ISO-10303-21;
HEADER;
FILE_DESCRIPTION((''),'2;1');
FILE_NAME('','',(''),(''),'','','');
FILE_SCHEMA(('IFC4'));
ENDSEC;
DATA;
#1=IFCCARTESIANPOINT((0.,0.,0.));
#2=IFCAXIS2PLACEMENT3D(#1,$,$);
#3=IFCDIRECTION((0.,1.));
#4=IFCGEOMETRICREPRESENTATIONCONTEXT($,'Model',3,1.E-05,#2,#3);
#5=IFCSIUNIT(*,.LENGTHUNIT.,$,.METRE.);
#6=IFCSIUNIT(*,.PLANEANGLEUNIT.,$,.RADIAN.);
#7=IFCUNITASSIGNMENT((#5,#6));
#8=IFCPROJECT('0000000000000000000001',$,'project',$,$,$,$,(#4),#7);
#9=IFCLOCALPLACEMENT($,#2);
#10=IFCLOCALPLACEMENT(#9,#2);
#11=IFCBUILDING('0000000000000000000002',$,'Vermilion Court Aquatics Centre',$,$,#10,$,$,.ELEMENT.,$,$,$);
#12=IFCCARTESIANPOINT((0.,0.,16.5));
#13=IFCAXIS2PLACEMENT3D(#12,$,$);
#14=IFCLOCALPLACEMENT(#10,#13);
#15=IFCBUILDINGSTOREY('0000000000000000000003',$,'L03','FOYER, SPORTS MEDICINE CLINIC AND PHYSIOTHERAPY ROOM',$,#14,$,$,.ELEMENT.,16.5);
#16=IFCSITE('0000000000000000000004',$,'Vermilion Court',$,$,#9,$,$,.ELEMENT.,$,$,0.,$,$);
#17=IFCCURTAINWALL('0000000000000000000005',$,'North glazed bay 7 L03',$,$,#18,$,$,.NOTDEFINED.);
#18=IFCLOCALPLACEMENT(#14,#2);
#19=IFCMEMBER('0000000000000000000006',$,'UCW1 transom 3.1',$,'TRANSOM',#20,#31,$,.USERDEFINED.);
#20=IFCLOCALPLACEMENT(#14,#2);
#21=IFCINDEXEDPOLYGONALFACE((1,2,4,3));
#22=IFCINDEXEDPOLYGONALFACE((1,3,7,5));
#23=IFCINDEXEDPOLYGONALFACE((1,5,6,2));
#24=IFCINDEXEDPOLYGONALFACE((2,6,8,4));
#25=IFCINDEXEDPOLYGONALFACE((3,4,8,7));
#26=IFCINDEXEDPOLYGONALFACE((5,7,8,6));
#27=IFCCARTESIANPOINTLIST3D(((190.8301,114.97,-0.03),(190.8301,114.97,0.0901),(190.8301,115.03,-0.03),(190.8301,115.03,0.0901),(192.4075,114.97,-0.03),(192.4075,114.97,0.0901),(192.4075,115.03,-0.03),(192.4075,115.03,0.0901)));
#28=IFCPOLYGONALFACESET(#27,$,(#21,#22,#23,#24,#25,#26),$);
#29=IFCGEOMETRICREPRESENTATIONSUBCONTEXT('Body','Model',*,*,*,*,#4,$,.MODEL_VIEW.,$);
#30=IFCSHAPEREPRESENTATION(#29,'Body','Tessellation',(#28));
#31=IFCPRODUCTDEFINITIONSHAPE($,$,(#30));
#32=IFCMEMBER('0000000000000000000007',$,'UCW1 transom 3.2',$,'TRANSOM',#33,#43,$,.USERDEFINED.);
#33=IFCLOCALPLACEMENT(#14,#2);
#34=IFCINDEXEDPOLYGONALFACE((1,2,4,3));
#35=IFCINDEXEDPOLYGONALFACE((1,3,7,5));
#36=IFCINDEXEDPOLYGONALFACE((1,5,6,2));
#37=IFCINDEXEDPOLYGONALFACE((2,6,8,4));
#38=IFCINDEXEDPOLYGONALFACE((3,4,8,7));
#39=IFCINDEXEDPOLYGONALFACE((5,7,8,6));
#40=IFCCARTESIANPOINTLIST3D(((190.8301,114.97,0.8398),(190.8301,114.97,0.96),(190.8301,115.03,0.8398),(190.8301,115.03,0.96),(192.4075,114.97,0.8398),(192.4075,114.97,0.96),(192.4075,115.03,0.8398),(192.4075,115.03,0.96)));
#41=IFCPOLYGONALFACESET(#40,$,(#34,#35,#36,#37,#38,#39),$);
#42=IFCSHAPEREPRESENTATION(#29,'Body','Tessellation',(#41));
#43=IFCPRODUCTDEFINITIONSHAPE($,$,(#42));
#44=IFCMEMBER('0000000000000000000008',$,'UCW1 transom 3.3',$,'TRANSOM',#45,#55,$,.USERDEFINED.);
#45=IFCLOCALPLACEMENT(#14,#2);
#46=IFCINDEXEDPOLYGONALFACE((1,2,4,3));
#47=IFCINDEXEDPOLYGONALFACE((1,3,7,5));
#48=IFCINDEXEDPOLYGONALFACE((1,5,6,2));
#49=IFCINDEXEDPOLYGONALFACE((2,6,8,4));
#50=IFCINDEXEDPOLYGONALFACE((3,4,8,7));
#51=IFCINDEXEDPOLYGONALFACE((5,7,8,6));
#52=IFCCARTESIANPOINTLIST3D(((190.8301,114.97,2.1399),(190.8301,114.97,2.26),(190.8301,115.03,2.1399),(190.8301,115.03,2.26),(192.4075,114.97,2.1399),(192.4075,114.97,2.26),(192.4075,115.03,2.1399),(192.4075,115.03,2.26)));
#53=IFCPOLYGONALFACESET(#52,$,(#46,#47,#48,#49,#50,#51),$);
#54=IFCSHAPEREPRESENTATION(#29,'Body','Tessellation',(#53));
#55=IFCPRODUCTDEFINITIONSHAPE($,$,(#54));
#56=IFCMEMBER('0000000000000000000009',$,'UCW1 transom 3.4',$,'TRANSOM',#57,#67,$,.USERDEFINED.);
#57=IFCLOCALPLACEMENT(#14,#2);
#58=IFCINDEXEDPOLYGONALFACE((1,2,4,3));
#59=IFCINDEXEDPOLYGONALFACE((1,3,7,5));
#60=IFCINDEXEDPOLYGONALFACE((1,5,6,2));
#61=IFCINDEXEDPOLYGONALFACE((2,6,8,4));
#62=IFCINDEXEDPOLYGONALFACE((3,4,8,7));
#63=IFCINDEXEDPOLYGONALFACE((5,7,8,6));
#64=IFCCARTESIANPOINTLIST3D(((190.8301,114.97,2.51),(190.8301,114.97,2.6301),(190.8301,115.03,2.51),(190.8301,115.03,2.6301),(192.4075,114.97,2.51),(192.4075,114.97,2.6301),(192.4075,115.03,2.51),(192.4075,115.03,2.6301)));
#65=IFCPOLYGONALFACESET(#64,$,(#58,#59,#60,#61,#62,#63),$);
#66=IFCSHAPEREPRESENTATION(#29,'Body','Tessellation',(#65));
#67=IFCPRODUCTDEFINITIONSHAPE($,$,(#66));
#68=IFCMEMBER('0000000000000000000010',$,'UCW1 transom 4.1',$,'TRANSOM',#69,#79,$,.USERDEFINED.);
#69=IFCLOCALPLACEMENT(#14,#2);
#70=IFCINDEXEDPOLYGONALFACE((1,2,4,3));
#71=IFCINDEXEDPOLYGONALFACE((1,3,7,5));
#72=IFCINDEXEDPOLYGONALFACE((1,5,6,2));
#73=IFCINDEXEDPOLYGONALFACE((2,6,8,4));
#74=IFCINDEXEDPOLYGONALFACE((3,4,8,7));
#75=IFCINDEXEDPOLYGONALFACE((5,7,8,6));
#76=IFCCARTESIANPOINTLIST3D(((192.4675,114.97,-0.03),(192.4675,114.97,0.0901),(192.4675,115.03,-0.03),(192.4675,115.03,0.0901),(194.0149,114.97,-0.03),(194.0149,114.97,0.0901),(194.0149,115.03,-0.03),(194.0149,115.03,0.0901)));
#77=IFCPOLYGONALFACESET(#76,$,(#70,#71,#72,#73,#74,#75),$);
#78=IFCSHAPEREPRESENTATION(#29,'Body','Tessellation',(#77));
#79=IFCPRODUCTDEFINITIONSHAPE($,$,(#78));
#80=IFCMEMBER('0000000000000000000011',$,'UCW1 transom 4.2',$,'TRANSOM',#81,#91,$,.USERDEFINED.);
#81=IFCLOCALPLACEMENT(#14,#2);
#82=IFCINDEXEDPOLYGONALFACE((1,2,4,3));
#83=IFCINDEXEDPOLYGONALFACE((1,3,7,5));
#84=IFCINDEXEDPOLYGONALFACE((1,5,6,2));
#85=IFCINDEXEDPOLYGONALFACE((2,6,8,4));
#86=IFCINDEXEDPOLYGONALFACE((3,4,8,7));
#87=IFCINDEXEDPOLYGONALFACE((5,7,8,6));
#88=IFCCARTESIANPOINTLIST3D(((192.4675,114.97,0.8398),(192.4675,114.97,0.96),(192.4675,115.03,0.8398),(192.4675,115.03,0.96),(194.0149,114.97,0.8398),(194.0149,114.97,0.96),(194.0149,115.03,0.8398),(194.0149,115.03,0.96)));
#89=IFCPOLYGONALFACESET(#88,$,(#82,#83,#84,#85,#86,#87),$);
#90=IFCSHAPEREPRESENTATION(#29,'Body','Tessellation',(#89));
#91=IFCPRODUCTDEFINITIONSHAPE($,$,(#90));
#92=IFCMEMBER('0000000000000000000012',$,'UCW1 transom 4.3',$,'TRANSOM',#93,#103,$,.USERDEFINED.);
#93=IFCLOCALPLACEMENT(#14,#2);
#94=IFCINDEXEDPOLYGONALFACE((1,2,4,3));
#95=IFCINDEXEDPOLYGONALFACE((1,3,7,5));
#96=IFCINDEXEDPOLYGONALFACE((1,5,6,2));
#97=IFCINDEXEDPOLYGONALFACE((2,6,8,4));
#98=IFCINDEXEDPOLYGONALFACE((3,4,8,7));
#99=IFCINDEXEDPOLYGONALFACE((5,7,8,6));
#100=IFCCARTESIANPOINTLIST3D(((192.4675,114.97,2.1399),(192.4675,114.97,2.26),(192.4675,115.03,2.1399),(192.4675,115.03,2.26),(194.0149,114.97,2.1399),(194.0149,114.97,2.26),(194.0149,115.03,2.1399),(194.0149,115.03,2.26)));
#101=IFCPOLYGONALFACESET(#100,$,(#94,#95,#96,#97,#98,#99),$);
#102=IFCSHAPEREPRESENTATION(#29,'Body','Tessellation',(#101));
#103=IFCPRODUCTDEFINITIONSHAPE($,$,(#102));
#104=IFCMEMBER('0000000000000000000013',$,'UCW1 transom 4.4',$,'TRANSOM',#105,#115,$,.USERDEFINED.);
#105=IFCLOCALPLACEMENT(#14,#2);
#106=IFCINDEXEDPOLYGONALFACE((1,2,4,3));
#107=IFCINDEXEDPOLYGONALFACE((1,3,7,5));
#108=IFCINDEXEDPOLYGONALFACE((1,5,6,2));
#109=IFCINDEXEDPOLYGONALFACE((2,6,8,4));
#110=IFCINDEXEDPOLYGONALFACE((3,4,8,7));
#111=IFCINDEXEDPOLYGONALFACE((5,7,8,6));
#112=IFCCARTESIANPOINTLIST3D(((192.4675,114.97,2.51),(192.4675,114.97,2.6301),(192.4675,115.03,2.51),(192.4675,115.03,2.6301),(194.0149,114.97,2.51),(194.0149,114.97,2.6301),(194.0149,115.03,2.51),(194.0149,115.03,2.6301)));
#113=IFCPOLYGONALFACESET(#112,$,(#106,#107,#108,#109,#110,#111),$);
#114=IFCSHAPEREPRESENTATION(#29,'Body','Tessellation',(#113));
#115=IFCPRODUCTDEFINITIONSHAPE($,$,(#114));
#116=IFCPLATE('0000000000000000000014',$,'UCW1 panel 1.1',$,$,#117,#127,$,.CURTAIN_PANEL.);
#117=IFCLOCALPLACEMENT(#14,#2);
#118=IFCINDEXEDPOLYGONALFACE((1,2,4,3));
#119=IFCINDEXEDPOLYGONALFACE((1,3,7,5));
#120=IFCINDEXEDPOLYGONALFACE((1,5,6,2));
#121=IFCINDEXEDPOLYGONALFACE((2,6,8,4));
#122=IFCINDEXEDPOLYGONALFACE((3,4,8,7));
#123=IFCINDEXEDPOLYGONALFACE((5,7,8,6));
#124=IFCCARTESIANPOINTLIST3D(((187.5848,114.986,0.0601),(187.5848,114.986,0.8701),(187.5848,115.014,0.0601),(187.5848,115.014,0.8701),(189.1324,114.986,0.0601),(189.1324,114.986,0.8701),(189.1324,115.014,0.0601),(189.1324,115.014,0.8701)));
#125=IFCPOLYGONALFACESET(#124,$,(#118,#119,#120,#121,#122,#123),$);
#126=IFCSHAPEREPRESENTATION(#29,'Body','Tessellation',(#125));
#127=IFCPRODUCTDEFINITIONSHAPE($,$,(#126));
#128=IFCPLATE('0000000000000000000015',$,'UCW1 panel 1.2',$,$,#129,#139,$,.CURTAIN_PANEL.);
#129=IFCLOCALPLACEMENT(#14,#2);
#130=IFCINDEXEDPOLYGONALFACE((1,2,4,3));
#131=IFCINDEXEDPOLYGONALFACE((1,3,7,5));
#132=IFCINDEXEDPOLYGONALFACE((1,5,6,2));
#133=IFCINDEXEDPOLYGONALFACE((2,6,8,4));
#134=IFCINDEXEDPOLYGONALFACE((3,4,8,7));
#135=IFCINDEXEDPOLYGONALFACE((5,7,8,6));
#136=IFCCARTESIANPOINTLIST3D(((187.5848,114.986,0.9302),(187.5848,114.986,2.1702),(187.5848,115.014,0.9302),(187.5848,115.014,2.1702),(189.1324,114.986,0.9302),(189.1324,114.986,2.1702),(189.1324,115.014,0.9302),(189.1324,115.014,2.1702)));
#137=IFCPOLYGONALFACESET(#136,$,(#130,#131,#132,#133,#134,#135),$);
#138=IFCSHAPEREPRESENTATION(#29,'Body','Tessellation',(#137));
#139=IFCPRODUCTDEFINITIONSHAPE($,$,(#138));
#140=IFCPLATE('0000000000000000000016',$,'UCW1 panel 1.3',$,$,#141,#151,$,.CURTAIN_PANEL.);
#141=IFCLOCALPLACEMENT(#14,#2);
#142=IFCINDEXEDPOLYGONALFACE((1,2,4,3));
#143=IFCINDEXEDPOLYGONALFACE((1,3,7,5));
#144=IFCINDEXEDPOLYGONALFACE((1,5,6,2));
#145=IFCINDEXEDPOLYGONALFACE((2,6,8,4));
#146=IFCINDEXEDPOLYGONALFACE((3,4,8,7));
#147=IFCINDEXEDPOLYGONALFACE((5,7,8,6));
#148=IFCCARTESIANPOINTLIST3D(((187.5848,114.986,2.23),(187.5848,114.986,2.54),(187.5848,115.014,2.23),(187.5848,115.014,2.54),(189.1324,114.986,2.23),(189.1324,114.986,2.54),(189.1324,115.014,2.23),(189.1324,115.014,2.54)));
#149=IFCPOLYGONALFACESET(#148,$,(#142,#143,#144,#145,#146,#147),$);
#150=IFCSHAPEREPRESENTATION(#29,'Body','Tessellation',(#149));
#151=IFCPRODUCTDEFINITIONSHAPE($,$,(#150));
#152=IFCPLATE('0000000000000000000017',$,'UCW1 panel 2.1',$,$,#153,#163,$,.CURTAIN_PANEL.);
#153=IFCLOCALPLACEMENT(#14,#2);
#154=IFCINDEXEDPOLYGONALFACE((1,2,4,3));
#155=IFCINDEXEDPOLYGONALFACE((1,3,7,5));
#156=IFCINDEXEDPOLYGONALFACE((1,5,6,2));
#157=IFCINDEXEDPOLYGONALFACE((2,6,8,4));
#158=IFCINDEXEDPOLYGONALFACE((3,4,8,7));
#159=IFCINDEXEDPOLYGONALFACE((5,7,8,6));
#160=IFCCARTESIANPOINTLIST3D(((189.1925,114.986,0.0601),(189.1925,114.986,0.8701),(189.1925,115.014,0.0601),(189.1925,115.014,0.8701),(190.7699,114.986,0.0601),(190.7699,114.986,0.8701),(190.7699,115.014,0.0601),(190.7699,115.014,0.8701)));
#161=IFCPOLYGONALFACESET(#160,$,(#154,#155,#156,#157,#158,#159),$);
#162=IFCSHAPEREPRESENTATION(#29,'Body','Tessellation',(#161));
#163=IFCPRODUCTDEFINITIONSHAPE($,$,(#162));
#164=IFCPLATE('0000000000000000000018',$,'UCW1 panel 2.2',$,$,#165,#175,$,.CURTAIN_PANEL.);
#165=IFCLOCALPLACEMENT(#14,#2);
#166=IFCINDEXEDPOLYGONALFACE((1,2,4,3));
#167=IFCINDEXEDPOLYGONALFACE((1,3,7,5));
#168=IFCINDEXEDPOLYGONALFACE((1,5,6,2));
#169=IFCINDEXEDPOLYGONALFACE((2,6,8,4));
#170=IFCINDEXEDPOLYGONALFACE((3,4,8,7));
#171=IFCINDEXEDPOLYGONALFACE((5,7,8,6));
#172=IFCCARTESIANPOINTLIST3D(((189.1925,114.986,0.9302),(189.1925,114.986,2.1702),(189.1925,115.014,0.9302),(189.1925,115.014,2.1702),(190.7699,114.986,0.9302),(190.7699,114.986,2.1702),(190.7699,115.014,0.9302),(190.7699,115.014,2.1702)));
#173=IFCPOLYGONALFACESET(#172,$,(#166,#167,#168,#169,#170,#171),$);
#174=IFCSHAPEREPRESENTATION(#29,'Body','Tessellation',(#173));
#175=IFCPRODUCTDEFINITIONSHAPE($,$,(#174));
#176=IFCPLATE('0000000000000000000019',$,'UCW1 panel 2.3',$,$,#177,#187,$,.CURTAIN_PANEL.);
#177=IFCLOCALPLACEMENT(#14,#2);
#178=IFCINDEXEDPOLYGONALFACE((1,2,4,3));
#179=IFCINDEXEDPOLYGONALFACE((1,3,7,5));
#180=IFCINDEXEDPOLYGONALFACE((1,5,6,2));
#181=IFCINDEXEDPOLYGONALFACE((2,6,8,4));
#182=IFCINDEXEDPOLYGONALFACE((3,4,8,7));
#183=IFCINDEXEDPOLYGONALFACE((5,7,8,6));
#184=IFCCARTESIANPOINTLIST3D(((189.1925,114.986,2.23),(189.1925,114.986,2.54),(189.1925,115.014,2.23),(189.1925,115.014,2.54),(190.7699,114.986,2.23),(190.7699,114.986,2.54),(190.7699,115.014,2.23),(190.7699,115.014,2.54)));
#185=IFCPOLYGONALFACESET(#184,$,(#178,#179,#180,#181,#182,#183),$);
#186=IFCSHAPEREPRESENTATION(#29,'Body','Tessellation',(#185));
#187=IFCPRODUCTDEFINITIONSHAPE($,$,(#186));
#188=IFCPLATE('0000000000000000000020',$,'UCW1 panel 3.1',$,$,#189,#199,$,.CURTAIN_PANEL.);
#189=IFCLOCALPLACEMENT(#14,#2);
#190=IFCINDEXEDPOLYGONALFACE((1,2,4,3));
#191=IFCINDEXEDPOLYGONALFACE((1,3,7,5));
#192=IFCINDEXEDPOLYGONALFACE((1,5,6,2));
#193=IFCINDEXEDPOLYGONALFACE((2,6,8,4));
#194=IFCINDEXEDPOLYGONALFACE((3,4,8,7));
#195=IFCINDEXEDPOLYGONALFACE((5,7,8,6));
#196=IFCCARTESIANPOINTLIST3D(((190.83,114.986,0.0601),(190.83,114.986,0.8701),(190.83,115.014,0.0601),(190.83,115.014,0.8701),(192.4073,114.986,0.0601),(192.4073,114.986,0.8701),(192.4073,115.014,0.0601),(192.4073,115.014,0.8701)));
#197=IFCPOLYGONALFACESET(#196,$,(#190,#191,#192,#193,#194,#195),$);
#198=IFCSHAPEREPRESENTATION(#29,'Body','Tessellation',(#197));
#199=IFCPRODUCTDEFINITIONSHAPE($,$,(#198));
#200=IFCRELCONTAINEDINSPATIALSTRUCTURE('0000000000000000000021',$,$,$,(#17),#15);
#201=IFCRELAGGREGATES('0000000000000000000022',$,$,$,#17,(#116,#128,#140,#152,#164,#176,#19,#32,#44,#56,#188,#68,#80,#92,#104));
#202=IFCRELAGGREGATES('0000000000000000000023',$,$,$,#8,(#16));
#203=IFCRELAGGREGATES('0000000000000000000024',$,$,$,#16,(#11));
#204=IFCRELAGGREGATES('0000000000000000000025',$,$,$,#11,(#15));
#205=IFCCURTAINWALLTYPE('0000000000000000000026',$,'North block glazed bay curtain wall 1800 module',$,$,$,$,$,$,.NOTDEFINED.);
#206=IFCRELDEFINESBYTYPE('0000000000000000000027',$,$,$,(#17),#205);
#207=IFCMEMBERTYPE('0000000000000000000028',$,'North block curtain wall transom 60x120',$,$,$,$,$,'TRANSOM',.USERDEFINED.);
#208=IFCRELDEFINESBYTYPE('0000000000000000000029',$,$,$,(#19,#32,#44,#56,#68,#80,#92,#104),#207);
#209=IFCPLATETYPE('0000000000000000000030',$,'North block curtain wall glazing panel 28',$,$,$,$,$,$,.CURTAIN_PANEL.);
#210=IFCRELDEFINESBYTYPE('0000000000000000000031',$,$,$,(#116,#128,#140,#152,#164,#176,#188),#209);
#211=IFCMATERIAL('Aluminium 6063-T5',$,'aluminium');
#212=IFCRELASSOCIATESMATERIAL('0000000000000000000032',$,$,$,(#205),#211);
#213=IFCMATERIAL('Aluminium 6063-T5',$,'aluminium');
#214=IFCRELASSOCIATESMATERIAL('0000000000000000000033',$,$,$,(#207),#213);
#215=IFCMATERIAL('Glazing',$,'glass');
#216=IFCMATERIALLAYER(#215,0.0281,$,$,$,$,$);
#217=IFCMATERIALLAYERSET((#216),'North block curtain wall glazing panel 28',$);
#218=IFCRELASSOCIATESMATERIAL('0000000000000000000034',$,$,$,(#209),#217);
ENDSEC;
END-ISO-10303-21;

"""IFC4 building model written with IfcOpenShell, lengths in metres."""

from ifc_helpers import new_model, si_unit, direction, frame, origin, origin_2d, place, context, subcontext, project, spatial, rectangle, extrude, material, layer, layer_set, material_profile, profile_set, type_object, element, aggregate, save


model = new_model("IFC4")

# Units and contexts
model_context = context("Model", 3, precision=1e-05, world=origin(), true_north=direction((0.0, 1.0)))
body_context = subcontext(model_context, "Body", "Model", "MODEL_VIEW")
ifc_project = project(units=[si_unit("LENGTHUNIT", "METRE"), si_unit("PLANEANGLEUNIT", "RADIAN")], contexts=[model_context])

# Site, building, storey
site_placement = place(None, origin())
site = spatial("IfcSite", under=ifc_project, at=site_placement, Name="Vermilion Court", CompositionType="ELEMENT", RefElevation=0.0)
building_placement = place(site_placement, origin())
building = spatial("IfcBuilding", under=site, at=building_placement, Name="Vermilion Court Aquatics Centre", CompositionType="ELEMENT")
storey_placement = place(building_placement, frame((0.0, 0.0, 16.5)))
storey = spatial("IfcBuildingStorey", under=building, at=storey_placement, Name="L03", Description="FOYER, SPORTS MEDICINE CLINIC AND PHYSIOTHERAPY ROOM", CompositionType="ELEMENT", Elevation=16.5)

# Curtain wall, members, plates
ifc_material_1 = material(Name="Aluminium 6063-T5", Category="aluminium")
curtain_wall_type = type_object("IfcCurtainWallType", Name="North block glazed bay curtain wall 1800 module", PredefinedType="NOTDEFINED", material=ifc_material_1)
curtain_wall_placement = place(storey_placement, origin())
curtain_wall = element("IfcCurtainWall", 1, at=curtain_wall_placement, inside=storey, type_object=curtain_wall_type, Name="North glazed bay 7 L03", PredefinedType="NOTDEFINED")
ifc_material_2 = material(Name="Aluminium 6063-T5", Category="aluminium")
ifc_material_profile_1 = material_profile(ifc_material_2, rectangle(XDim=0.0601, YDim=0.1201, at=origin_2d()), Name="AL 60x120")
ifc_profile_set_1 = profile_set([ifc_material_profile_1], Name="Aluminium 6063-T5")
member_type_1 = type_object("IfcMemberType", Name="North block curtain wall transom 60x120", ElementType="TRANSOM", PredefinedType="USERDEFINED", material=ifc_profile_set_1)
member_1_placement = place(storey_placement, frame((190.8301, 115.0, 0.03), z_axis=(1.0, 0.0, 0.0), x_axis=(0.0, 1.0, 0.0)))
member_1 = element("IfcMember", 2, at=member_1_placement, type_object=member_type_1, Name="UCW1 transom 3.1", ObjectType="TRANSOM", PredefinedType="USERDEFINED", context=body_context, shape_type="SweptSolid", body=[
    extrude(rectangle(XDim=0.0601, YDim=0.1201, at=origin_2d()), origin(), (0.0, 0.0, 1.0), 1.5774),
])
member_2_placement = place(storey_placement, frame((190.8301, 115.0, 0.8999), z_axis=(1.0, 0.0, 0.0), x_axis=(0.0, 1.0, 0.0)))
member_2 = element("IfcMember", 3, at=member_2_placement, type_object=member_type_1, Name="UCW1 transom 3.2", ObjectType="TRANSOM", PredefinedType="USERDEFINED", context=body_context, shape_type="SweptSolid", body=[
    extrude(rectangle(XDim=0.0601, YDim=0.1201, at=origin_2d()), origin(), (0.0, 0.0, 1.0), 1.5774),
])
member_3_placement = place(storey_placement, frame((190.8301, 115.0, 2.2), z_axis=(1.0, 0.0, 0.0), x_axis=(0.0, 1.0, 0.0)))
member_3 = element("IfcMember", 4, at=member_3_placement, type_object=member_type_1, Name="UCW1 transom 3.3", ObjectType="TRANSOM", PredefinedType="USERDEFINED", context=body_context, shape_type="SweptSolid", body=[
    extrude(rectangle(XDim=0.0601, YDim=0.1201, at=origin_2d()), origin(), (0.0, 0.0, 1.0), 1.5774),
])
member_4_placement = place(storey_placement, frame((190.8301, 115.0, 2.5701), z_axis=(1.0, 0.0, 0.0), x_axis=(0.0, 1.0, 0.0)))
member_4 = element("IfcMember", 5, at=member_4_placement, type_object=member_type_1, Name="UCW1 transom 3.4", ObjectType="TRANSOM", PredefinedType="USERDEFINED", context=body_context, shape_type="SweptSolid", body=[
    extrude(rectangle(XDim=0.0601, YDim=0.1201, at=origin_2d()), origin(), (0.0, 0.0, 1.0), 1.5774),
])
member_5_placement = place(storey_placement, frame((192.4675, 115.0, 0.03), z_axis=(1.0, 0.0, 0.0), x_axis=(0.0, 1.0, 0.0)))
member_5 = element("IfcMember", 6, at=member_5_placement, type_object=member_type_1, Name="UCW1 transom 4.1", ObjectType="TRANSOM", PredefinedType="USERDEFINED", context=body_context, shape_type="SweptSolid", body=[
    extrude(rectangle(XDim=0.0601, YDim=0.1201, at=origin_2d()), origin(), (0.0, 0.0, 1.0), 1.5474),
])
member_6_placement = place(storey_placement, frame((192.4675, 115.0, 0.8999), z_axis=(1.0, 0.0, 0.0), x_axis=(0.0, 1.0, 0.0)))
member_6 = element("IfcMember", 7, at=member_6_placement, type_object=member_type_1, Name="UCW1 transom 4.2", ObjectType="TRANSOM", PredefinedType="USERDEFINED", context=body_context, shape_type="SweptSolid", body=[
    extrude(rectangle(XDim=0.0601, YDim=0.1201, at=origin_2d()), origin(), (0.0, 0.0, 1.0), 1.5474),
])
member_7_placement = place(storey_placement, frame((192.4675, 115.0, 2.2), z_axis=(1.0, 0.0, 0.0), x_axis=(0.0, 1.0, 0.0)))
member_7 = element("IfcMember", 8, at=member_7_placement, type_object=member_type_1, Name="UCW1 transom 4.3", ObjectType="TRANSOM", PredefinedType="USERDEFINED", context=body_context, shape_type="SweptSolid", body=[
    extrude(rectangle(XDim=0.0601, YDim=0.1201, at=origin_2d()), origin(), (0.0, 0.0, 1.0), 1.5474),
])
member_8_placement = place(storey_placement, frame((192.4675, 115.0, 2.5701), z_axis=(1.0, 0.0, 0.0), x_axis=(0.0, 1.0, 0.0)))
member_8 = element("IfcMember", 9, at=member_8_placement, type_object=member_type_1, Name="UCW1 transom 4.4", ObjectType="TRANSOM", PredefinedType="USERDEFINED", context=body_context, shape_type="SweptSolid", body=[
    extrude(rectangle(XDim=0.0601, YDim=0.1201, at=origin_2d()), origin(), (0.0, 0.0, 1.0), 1.5474),
])
ifc_material_3 = material(Name="Glazing", Category="glass")
ifc_layer = layer(ifc_material_3, 0.0281)
ifc_layer_set = layer_set([ifc_layer], Name="North block curtain wall glazing panel 28")
plate_type = type_object("IfcPlateType", Name="North block curtain wall glazing panel 28", PredefinedType="CURTAIN_PANEL", material=ifc_layer_set)
plate_1_placement = place(storey_placement, frame((188.3586, 115.0, 0.0601), z_axis=(0.0, 0.0, 1.0), x_axis=(1.0, 0.0, 0.0)))
plate_1 = element("IfcPlate", 10, at=plate_1_placement, type_object=plate_type, Name="UCW1 panel 1.1", PredefinedType="CURTAIN_PANEL", context=body_context, shape_type="SweptSolid", body=[
    extrude(rectangle(XDim=1.5476, YDim=0.0281, at=origin_2d()), origin(), (0.0, 0.0, 1.0), 0.8101),
])
plate_2_placement = place(storey_placement, frame((188.3586, 115.0, 0.9302), z_axis=(0.0, 0.0, 1.0), x_axis=(1.0, 0.0, 0.0)))
plate_2 = element("IfcPlate", 11, at=plate_2_placement, type_object=plate_type, Name="UCW1 panel 1.2", PredefinedType="CURTAIN_PANEL", context=body_context, shape_type="SweptSolid", body=[
    extrude(rectangle(XDim=1.5476, YDim=0.0281, at=origin_2d()), origin(), (0.0, 0.0, 1.0), 1.24),
])
plate_3_placement = place(storey_placement, frame((188.3586, 115.0, 2.23), z_axis=(0.0, 0.0, 1.0), x_axis=(1.0, 0.0, 0.0)))
plate_3 = element("IfcPlate", 12, at=plate_3_placement, type_object=plate_type, Name="UCW1 panel 1.3", PredefinedType="CURTAIN_PANEL", context=body_context, shape_type="SweptSolid", body=[
    extrude(rectangle(XDim=1.5476, YDim=0.0281, at=origin_2d()), origin(), (0.0, 0.0, 1.0), 0.3101),
])
plate_4_placement = place(storey_placement, frame((189.9812, 115.0, 0.0601), z_axis=(0.0, 0.0, 1.0), x_axis=(1.0, 0.0, 0.0)))
plate_4 = element("IfcPlate", 13, at=plate_4_placement, type_object=plate_type, Name="UCW1 panel 2.1", PredefinedType="CURTAIN_PANEL", context=body_context, shape_type="SweptSolid", body=[
    extrude(rectangle(XDim=1.5774, YDim=0.0281, at=origin_2d()), origin(), (0.0, 0.0, 1.0), 0.8101),
])
plate_5_placement = place(storey_placement, frame((189.9812, 115.0, 0.9302), z_axis=(0.0, 0.0, 1.0), x_axis=(1.0, 0.0, 0.0)))
plate_5 = element("IfcPlate", 14, at=plate_5_placement, type_object=plate_type, Name="UCW1 panel 2.2", PredefinedType="CURTAIN_PANEL", context=body_context, shape_type="SweptSolid", body=[
    extrude(rectangle(XDim=1.5774, YDim=0.0281, at=origin_2d()), origin(), (0.0, 0.0, 1.0), 1.24),
])
plate_6_placement = place(storey_placement, frame((189.9812, 115.0, 2.23), z_axis=(0.0, 0.0, 1.0), x_axis=(1.0, 0.0, 0.0)))
plate_6 = element("IfcPlate", 15, at=plate_6_placement, type_object=plate_type, Name="UCW1 panel 2.3", PredefinedType="CURTAIN_PANEL", context=body_context, shape_type="SweptSolid", body=[
    extrude(rectangle(XDim=1.5774, YDim=0.0281, at=origin_2d()), origin(), (0.0, 0.0, 1.0), 0.3101),
])
plate_7_placement = place(storey_placement, frame((191.6187, 115.0, 0.0601), z_axis=(0.0, 0.0, 1.0), x_axis=(1.0, 0.0, 0.0)))
plate_7 = element("IfcPlate", 16, at=plate_7_placement, type_object=plate_type, Name="UCW1 panel 3.1", PredefinedType="CURTAIN_PANEL", context=body_context, shape_type="SweptSolid", body=[
    extrude(rectangle(XDim=1.5774, YDim=0.0281, at=origin_2d()), origin(), (0.0, 0.0, 1.0), 0.8101),
])
aggregate(curtain_wall, [plate_1, plate_2, plate_3, plate_4, plate_5, plate_6, member_1, member_2, member_3, member_4, plate_7, member_5, member_6, member_7, member_8])

save(model, "model.ifc")
